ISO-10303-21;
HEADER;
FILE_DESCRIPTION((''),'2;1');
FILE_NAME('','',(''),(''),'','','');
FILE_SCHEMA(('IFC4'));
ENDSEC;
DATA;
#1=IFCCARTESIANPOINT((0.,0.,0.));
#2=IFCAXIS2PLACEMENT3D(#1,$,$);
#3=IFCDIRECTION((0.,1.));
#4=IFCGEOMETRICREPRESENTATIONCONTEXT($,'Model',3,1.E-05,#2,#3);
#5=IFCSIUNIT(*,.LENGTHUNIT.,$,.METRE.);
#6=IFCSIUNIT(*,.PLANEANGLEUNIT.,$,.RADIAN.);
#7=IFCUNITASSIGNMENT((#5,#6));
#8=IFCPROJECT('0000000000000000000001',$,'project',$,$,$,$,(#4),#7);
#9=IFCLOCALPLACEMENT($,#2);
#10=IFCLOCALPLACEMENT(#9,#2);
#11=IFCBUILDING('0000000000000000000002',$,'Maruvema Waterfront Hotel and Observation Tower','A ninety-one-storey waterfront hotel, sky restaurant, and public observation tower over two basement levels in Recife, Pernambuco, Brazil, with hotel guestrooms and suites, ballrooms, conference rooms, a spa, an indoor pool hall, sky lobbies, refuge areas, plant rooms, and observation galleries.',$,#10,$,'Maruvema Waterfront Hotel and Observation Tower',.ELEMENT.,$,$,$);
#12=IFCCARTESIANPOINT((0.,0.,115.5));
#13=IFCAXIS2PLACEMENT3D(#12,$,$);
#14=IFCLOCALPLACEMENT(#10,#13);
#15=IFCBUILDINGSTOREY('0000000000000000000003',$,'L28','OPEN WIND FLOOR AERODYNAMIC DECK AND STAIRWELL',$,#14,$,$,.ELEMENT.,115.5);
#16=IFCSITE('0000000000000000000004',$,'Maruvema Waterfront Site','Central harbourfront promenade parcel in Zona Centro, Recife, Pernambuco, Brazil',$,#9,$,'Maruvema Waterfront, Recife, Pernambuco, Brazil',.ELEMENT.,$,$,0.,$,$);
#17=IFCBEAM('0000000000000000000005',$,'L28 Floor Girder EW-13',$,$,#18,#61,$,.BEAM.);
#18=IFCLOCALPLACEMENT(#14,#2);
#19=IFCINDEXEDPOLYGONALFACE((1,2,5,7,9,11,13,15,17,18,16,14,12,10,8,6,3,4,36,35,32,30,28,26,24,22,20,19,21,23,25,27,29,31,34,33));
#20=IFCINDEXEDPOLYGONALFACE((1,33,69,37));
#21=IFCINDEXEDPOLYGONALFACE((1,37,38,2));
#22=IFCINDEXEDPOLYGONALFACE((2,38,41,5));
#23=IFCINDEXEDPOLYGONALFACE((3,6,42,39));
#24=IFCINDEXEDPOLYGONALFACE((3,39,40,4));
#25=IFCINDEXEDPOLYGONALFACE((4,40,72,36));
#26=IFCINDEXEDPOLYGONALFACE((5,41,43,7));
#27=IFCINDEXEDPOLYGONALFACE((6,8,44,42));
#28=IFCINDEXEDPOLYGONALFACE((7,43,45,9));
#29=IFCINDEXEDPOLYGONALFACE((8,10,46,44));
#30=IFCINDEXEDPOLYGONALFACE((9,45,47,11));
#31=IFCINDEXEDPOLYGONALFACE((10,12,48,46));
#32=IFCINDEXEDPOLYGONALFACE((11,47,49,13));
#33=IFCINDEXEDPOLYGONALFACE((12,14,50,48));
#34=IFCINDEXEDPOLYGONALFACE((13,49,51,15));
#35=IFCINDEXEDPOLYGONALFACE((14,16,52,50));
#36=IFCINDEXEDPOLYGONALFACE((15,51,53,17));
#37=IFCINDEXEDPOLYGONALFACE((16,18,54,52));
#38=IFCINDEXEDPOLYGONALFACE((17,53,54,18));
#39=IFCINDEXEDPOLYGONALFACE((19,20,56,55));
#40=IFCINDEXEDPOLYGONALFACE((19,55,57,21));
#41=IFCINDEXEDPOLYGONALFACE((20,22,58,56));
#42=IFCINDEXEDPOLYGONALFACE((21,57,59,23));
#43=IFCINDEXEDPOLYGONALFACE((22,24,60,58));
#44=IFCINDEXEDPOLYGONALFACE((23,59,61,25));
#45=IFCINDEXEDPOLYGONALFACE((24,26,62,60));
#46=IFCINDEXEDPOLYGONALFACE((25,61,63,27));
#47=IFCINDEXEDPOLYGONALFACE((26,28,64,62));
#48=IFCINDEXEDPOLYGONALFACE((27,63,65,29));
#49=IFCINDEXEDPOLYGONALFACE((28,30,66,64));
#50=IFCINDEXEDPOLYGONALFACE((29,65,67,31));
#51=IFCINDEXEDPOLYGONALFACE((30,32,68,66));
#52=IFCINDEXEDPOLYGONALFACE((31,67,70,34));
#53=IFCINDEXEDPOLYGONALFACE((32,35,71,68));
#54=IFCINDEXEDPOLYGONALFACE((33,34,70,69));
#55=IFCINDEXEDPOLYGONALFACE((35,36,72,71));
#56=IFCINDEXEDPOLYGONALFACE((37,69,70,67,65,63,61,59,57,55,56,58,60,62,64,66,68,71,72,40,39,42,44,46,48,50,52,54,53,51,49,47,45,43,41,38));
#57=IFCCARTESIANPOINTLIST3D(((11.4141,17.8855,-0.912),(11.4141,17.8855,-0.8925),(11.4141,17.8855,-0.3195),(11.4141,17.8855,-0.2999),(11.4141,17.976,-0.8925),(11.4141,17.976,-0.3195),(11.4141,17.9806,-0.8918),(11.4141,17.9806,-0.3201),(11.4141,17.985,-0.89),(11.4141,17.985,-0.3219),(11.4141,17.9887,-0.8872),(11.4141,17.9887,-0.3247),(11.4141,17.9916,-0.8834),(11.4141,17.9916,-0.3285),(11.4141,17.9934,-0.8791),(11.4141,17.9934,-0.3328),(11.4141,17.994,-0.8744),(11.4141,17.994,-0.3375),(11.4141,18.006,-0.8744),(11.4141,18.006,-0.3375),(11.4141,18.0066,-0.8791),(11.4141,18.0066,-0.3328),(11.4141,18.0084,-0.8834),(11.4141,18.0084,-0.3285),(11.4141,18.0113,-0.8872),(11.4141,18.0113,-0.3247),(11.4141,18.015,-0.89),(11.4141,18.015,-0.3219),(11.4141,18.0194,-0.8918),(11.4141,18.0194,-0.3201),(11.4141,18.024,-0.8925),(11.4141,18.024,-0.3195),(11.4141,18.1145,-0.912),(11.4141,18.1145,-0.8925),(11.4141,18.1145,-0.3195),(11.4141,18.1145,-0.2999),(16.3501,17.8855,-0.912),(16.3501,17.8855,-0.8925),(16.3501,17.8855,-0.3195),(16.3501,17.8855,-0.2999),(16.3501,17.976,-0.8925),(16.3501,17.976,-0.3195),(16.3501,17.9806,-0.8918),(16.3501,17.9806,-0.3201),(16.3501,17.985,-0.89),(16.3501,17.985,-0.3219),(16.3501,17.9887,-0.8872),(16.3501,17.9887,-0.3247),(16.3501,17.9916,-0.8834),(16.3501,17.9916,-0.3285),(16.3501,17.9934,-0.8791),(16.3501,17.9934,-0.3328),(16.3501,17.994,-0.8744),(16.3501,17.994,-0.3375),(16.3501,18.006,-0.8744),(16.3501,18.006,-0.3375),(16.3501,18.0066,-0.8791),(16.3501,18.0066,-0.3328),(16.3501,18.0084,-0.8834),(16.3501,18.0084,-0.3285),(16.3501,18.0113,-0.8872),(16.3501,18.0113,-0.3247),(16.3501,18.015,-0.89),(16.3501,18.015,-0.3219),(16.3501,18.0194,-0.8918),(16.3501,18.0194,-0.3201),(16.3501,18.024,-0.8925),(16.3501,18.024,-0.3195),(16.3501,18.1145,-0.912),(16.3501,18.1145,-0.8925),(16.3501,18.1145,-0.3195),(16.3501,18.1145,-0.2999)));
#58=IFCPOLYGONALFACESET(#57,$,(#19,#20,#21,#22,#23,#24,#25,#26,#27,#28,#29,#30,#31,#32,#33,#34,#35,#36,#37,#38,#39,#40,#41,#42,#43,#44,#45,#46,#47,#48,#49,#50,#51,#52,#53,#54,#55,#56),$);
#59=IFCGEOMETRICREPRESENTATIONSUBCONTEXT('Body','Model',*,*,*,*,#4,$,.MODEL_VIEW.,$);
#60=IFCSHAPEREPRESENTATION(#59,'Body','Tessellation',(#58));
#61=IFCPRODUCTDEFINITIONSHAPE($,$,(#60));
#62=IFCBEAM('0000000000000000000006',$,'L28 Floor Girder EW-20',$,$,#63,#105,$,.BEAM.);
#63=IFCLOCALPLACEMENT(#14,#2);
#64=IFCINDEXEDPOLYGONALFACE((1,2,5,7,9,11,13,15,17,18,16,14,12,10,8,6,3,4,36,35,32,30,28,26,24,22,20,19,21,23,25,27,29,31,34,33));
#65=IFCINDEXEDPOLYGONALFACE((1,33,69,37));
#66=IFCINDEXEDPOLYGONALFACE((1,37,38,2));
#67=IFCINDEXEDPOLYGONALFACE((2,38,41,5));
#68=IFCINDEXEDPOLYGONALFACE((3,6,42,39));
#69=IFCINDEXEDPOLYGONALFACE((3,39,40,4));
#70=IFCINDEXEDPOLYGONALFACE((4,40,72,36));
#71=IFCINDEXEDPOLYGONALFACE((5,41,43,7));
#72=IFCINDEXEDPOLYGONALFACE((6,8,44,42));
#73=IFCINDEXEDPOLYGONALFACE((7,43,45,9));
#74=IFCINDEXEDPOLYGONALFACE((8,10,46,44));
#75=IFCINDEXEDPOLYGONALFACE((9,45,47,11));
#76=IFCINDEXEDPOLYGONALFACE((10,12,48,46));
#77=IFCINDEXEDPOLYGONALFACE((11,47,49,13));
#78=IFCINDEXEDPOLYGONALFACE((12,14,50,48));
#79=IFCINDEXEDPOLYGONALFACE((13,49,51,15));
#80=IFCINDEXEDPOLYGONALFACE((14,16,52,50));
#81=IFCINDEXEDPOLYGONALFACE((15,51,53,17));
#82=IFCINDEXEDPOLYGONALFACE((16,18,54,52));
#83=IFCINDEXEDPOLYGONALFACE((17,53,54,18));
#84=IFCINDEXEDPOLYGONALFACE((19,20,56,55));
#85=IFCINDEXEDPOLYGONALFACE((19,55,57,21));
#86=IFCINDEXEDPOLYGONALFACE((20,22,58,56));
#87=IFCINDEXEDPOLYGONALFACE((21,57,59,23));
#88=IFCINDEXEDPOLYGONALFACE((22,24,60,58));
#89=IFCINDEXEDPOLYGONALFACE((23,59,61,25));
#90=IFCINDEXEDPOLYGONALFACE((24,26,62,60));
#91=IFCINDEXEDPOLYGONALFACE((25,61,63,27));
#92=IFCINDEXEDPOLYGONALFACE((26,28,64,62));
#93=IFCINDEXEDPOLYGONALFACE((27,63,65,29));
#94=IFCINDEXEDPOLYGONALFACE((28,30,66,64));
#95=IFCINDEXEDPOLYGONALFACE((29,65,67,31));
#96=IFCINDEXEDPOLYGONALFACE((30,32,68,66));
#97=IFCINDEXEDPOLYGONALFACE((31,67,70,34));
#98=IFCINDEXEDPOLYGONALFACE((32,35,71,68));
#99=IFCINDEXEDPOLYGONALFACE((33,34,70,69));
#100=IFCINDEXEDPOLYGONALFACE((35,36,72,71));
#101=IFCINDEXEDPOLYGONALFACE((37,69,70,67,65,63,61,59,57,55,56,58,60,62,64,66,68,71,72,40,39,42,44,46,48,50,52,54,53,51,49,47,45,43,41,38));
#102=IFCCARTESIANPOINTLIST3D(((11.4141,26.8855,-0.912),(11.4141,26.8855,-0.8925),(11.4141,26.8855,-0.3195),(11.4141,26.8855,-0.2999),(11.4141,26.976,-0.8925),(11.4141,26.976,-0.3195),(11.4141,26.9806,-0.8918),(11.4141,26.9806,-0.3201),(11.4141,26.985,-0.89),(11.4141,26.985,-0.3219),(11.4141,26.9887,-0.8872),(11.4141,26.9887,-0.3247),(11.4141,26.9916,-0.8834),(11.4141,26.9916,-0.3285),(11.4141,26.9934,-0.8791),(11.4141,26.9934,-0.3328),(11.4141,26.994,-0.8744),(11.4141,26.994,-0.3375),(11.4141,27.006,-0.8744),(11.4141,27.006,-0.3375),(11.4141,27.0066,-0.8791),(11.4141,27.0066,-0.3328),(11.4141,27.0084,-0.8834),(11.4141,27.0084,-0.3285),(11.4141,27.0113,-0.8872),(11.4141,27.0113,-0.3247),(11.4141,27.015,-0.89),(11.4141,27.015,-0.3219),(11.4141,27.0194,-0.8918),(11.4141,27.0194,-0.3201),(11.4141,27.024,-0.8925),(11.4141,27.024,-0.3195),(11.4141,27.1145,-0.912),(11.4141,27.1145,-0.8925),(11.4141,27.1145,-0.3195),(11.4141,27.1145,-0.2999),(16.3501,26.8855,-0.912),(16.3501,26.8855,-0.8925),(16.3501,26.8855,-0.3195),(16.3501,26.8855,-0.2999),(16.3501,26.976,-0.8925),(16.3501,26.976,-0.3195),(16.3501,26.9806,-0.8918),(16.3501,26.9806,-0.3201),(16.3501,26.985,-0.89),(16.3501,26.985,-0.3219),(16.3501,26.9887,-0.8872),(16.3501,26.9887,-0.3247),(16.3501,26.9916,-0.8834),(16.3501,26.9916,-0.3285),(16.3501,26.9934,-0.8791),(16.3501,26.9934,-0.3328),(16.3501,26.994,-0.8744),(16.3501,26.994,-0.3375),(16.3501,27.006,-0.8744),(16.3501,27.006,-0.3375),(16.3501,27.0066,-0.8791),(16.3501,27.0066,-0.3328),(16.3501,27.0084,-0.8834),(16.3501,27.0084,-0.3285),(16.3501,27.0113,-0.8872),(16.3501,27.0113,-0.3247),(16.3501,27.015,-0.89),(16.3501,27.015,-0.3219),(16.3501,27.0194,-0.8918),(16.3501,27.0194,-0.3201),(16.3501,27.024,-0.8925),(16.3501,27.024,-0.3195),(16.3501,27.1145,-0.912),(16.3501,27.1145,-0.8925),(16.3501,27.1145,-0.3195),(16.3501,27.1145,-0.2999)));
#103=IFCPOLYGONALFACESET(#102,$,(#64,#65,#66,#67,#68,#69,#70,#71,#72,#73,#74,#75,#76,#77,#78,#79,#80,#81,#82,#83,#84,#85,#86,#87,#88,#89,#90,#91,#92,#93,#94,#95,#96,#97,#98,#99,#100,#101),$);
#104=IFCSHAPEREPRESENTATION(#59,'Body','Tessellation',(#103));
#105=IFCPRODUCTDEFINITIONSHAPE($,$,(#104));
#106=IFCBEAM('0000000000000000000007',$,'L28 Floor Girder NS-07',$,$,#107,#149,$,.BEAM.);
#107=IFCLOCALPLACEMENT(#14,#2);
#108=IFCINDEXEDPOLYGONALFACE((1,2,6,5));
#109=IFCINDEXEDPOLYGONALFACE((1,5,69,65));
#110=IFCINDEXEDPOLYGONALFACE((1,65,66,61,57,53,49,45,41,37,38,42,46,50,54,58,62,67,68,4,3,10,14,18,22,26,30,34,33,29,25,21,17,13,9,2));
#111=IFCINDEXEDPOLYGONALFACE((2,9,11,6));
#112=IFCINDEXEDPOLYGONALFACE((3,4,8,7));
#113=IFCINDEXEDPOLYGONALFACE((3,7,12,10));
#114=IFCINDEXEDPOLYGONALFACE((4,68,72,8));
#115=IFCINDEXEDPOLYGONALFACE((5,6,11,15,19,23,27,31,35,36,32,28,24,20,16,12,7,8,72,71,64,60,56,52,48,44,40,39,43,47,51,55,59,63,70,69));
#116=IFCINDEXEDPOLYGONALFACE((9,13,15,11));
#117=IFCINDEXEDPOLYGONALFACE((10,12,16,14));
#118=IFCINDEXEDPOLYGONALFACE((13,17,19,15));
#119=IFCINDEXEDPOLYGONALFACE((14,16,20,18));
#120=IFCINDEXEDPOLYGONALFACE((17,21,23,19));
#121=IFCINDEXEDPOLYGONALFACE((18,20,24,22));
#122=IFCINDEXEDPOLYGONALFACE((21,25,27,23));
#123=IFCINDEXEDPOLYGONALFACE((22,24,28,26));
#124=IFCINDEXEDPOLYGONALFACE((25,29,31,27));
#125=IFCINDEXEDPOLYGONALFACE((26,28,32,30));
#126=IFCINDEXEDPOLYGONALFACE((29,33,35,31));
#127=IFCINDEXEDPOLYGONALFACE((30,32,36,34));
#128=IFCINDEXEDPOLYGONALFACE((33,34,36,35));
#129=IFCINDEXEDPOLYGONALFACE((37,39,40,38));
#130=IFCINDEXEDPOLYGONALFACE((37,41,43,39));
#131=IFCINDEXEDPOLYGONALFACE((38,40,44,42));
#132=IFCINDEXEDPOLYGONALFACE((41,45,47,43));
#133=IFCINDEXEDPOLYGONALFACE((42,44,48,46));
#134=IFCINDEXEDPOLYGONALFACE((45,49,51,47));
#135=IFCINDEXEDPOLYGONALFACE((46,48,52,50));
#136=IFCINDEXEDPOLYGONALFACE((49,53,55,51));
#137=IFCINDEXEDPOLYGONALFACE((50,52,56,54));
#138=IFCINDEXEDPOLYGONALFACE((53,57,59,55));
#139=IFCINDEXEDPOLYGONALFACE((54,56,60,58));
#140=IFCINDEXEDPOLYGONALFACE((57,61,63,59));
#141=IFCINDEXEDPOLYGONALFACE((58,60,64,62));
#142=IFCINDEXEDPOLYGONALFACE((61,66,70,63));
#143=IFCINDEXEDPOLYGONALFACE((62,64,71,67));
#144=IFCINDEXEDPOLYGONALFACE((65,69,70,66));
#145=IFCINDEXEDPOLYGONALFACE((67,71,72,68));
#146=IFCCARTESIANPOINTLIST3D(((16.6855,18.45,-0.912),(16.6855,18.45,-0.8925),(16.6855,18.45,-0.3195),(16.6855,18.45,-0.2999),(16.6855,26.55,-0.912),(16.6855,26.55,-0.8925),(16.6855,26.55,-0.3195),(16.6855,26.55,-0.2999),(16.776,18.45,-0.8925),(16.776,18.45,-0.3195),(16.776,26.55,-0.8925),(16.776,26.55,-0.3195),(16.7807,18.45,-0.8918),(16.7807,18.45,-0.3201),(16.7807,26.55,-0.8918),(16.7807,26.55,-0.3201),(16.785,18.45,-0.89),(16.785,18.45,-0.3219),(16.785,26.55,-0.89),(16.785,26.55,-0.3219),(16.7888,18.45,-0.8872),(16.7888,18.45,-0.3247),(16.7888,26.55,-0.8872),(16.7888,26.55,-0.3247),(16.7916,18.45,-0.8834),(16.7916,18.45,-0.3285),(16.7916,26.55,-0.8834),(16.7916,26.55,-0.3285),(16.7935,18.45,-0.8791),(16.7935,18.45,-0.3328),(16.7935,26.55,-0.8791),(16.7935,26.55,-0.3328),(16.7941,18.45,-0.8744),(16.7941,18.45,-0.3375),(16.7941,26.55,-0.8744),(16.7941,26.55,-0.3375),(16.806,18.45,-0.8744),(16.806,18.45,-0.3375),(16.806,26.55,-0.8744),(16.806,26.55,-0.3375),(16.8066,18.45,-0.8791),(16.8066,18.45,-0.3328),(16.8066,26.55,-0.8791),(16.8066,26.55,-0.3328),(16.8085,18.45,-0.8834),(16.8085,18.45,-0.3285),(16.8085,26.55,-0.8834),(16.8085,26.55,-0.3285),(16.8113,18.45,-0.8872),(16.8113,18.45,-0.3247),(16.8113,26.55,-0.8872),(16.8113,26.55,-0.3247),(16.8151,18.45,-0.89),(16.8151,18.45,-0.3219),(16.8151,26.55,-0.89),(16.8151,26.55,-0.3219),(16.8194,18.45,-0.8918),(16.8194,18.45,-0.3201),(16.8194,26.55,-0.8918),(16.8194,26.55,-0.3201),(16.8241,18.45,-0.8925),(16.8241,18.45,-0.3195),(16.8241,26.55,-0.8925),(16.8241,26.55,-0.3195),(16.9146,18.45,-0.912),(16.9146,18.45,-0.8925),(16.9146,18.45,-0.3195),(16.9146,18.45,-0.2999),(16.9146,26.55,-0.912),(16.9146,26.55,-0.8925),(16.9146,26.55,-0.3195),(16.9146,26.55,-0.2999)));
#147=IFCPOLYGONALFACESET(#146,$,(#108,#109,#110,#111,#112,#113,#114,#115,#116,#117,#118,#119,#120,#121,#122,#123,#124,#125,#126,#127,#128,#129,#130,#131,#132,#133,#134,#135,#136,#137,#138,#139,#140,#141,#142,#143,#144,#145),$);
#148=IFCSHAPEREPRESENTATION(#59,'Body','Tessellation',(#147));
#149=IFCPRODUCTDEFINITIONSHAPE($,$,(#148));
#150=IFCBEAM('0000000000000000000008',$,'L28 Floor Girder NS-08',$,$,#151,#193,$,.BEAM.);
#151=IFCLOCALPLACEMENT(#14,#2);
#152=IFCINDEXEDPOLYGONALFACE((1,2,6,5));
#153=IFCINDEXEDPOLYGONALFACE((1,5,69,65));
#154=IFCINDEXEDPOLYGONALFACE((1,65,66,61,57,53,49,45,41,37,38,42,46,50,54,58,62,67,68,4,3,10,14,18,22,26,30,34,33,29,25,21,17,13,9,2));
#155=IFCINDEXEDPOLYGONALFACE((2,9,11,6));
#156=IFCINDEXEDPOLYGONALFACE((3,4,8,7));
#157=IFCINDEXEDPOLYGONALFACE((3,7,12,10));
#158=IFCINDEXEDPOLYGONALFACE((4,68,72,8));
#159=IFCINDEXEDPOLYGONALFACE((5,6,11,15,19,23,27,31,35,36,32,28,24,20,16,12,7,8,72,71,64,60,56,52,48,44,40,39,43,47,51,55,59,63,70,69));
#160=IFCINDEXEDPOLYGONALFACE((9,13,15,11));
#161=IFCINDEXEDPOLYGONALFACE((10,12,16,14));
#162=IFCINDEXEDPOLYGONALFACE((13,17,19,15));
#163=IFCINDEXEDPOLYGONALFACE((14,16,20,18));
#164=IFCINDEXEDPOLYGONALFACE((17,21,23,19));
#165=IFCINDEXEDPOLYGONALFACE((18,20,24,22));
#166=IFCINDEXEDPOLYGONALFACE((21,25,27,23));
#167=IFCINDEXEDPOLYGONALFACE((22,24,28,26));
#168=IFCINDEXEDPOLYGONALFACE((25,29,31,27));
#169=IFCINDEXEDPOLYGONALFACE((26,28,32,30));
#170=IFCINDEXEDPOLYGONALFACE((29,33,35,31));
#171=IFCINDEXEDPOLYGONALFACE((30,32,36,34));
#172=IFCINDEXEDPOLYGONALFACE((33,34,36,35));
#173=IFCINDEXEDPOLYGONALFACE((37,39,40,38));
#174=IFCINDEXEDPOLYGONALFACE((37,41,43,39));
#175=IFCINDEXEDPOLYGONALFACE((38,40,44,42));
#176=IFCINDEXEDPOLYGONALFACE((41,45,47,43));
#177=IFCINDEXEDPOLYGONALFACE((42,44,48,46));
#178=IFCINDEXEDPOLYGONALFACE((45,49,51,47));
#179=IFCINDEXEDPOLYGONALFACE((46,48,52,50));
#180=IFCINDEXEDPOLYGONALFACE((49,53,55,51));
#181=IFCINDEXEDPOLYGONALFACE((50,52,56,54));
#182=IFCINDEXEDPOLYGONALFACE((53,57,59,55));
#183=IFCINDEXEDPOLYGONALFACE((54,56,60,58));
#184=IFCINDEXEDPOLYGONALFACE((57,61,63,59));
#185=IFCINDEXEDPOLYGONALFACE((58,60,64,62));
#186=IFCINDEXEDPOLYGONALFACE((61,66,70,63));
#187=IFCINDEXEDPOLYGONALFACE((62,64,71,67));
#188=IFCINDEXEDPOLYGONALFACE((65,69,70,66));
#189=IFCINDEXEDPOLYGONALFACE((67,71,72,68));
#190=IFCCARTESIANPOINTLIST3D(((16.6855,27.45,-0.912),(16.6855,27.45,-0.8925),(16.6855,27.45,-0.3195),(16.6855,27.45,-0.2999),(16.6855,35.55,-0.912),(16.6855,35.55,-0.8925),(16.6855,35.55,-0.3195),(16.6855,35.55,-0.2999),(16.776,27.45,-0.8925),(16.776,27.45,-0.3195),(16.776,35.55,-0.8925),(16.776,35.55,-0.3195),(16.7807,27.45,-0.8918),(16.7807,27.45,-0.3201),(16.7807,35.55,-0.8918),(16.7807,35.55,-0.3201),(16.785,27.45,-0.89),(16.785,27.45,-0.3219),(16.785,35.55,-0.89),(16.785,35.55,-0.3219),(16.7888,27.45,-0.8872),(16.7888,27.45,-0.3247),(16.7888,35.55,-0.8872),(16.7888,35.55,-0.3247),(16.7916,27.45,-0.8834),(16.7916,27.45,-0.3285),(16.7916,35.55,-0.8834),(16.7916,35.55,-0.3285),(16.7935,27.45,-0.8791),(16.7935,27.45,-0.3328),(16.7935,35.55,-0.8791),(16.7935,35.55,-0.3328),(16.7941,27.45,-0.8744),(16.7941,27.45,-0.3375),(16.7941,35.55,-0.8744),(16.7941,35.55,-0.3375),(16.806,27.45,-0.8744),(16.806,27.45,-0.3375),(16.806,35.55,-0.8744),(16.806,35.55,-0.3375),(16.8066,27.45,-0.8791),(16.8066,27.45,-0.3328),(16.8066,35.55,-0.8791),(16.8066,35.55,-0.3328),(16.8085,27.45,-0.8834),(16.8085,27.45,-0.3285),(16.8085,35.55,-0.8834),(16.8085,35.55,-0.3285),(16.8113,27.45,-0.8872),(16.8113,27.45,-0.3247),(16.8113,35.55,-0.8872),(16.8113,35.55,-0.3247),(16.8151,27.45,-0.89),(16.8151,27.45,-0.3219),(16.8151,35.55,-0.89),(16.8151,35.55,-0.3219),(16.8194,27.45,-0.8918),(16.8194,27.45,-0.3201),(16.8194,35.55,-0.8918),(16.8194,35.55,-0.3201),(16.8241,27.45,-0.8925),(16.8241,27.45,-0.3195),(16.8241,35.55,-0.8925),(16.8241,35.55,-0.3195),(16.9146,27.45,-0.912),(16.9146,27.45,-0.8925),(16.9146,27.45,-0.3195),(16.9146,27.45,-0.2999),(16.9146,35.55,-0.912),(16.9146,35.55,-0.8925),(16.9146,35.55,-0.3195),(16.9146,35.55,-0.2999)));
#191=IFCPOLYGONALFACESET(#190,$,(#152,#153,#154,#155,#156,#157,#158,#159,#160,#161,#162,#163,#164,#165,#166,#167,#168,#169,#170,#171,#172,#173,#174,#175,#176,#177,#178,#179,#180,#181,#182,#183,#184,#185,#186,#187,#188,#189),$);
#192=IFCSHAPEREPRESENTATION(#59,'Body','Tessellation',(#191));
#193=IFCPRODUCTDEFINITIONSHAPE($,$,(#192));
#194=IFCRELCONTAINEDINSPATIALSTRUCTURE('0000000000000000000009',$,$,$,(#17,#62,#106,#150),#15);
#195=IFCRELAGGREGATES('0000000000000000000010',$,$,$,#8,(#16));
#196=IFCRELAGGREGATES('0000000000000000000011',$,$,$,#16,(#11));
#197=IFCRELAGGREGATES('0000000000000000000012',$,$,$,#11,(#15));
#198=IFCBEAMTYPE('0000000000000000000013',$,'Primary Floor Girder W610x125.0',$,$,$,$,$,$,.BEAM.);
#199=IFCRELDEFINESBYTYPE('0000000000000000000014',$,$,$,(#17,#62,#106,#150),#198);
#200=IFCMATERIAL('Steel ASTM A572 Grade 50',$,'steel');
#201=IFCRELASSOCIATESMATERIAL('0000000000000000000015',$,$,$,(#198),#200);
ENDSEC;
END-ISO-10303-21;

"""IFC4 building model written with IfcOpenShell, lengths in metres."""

from ifc_helpers import new_model, si_unit, direction, frame, origin, origin_2d, place, context, subcontext, project, spatial, i_section, extrude, material, material_profile, profile_set, type_object, element, save


model = new_model("IFC4")

# Units and contexts
model_context = context("Model", 3, precision=1e-05, world=origin(), true_north=direction((0.0, 1.0)))
body_context = subcontext(model_context, "Body", "Model", "MODEL_VIEW")
ifc_project = project(units=[si_unit("LENGTHUNIT", "METRE"), si_unit("PLANEANGLEUNIT", "RADIAN")], contexts=[model_context])

# Site, building, storey
site_placement = place(None, origin())
site = spatial("IfcSite", under=ifc_project, at=site_placement, Name="Maruvema Waterfront Site", Description="Central harbourfront promenade parcel in Zona Centro, Recife, Pernambuco, Brazil", LongName="Maruvema Waterfront, Recife, Pernambuco, Brazil", CompositionType="ELEMENT", RefElevation=0.0)
building_placement = place(site_placement, origin())
building = spatial("IfcBuilding", under=site, at=building_placement, Name="Maruvema Waterfront Hotel and Observation Tower", Description="A ninety-one-storey waterfront hotel, sky restaurant, and public observation tower over two basement levels in Recife, Pernambuco, Brazil, with hotel guestrooms and suites, ballrooms, conference rooms, a spa, an indoor pool hall, sky lobbies, refuge areas, plant rooms, and observation galleries.", LongName="Maruvema Waterfront Hotel and Observation Tower", CompositionType="ELEMENT")
storey_placement = place(building_placement, frame((0.0, 0.0, 115.5)))
storey = spatial("IfcBuildingStorey", under=building, at=storey_placement, Name="L28", Description="OPEN WIND FLOOR AERODYNAMIC DECK AND STAIRWELL", CompositionType="ELEMENT", Elevation=115.5)

# Beams
ifc_material_1 = material(Name="Steel ASTM A572 Grade 50", Category="steel")
ifc_material_profile_1 = material_profile(ifc_material_1, i_section(OverallWidth=0.229, OverallDepth=0.6121, WebThickness=0.012, FlangeThickness=0.0195, FilletRadius=0.0181, at=origin_2d()), Name="W610x125.0")
ifc_profile_set_1 = profile_set([ifc_material_profile_1], Name="Steel ASTM A572 Grade 50")
beam_type_1 = type_object("IfcBeamType", Name="Primary Floor Girder W610x125.0", PredefinedType="BEAM", material=ifc_profile_set_1)
for number, where, z_axis, x_axis, name in (
    (1, (11.4141, 18.0, -0.606), (1.0, 0.0, 0.0), (0.0, 1.0, 0.0), "L28 Floor Girder EW-13"),
    (2, (11.4141, 27.0, -0.606), (1.0, 0.0, 0.0), (0.0, 1.0, 0.0), "L28 Floor Girder EW-20"),
):
    element("IfcBeam", number, at=place(storey_placement, frame(where, z_axis=z_axis, x_axis=x_axis)), inside=storey, type_object=beam_type_1, Name=name, PredefinedType="BEAM", context=body_context, shape_type="SweptSolid", body=[
        extrude(i_section(OverallWidth=0.229, OverallDepth=0.6121, WebThickness=0.012, FlangeThickness=0.0195, FilletRadius=0.0181, at=origin_2d()), origin(), (0.0, 0.0, 1.0), 4.936),
    ])
for number, where, z_axis, x_axis, name in (
    (3, (16.8, 18.45, -0.606), (0.0, 1.0, 0.0), (-1.0, 0.0, 0.0), "L28 Floor Girder NS-07"),
    (4, (16.8, 27.45, -0.606), (0.0, 1.0, 0.0), (-1.0, 0.0, 0.0), "L28 Floor Girder NS-08"),
):
    element("IfcBeam", number, at=place(storey_placement, frame(where, z_axis=z_axis, x_axis=x_axis)), inside=storey, type_object=beam_type_1, Name=name, PredefinedType="BEAM", context=body_context, shape_type="SweptSolid", body=[
        extrude(i_section(OverallWidth=0.229, OverallDepth=0.6121, WebThickness=0.012, FlangeThickness=0.0195, FilletRadius=0.0181, at=origin_2d()), origin(), (0.0, 0.0, 1.0), 8.1001),
    ])

save(model, "model.ifc")
